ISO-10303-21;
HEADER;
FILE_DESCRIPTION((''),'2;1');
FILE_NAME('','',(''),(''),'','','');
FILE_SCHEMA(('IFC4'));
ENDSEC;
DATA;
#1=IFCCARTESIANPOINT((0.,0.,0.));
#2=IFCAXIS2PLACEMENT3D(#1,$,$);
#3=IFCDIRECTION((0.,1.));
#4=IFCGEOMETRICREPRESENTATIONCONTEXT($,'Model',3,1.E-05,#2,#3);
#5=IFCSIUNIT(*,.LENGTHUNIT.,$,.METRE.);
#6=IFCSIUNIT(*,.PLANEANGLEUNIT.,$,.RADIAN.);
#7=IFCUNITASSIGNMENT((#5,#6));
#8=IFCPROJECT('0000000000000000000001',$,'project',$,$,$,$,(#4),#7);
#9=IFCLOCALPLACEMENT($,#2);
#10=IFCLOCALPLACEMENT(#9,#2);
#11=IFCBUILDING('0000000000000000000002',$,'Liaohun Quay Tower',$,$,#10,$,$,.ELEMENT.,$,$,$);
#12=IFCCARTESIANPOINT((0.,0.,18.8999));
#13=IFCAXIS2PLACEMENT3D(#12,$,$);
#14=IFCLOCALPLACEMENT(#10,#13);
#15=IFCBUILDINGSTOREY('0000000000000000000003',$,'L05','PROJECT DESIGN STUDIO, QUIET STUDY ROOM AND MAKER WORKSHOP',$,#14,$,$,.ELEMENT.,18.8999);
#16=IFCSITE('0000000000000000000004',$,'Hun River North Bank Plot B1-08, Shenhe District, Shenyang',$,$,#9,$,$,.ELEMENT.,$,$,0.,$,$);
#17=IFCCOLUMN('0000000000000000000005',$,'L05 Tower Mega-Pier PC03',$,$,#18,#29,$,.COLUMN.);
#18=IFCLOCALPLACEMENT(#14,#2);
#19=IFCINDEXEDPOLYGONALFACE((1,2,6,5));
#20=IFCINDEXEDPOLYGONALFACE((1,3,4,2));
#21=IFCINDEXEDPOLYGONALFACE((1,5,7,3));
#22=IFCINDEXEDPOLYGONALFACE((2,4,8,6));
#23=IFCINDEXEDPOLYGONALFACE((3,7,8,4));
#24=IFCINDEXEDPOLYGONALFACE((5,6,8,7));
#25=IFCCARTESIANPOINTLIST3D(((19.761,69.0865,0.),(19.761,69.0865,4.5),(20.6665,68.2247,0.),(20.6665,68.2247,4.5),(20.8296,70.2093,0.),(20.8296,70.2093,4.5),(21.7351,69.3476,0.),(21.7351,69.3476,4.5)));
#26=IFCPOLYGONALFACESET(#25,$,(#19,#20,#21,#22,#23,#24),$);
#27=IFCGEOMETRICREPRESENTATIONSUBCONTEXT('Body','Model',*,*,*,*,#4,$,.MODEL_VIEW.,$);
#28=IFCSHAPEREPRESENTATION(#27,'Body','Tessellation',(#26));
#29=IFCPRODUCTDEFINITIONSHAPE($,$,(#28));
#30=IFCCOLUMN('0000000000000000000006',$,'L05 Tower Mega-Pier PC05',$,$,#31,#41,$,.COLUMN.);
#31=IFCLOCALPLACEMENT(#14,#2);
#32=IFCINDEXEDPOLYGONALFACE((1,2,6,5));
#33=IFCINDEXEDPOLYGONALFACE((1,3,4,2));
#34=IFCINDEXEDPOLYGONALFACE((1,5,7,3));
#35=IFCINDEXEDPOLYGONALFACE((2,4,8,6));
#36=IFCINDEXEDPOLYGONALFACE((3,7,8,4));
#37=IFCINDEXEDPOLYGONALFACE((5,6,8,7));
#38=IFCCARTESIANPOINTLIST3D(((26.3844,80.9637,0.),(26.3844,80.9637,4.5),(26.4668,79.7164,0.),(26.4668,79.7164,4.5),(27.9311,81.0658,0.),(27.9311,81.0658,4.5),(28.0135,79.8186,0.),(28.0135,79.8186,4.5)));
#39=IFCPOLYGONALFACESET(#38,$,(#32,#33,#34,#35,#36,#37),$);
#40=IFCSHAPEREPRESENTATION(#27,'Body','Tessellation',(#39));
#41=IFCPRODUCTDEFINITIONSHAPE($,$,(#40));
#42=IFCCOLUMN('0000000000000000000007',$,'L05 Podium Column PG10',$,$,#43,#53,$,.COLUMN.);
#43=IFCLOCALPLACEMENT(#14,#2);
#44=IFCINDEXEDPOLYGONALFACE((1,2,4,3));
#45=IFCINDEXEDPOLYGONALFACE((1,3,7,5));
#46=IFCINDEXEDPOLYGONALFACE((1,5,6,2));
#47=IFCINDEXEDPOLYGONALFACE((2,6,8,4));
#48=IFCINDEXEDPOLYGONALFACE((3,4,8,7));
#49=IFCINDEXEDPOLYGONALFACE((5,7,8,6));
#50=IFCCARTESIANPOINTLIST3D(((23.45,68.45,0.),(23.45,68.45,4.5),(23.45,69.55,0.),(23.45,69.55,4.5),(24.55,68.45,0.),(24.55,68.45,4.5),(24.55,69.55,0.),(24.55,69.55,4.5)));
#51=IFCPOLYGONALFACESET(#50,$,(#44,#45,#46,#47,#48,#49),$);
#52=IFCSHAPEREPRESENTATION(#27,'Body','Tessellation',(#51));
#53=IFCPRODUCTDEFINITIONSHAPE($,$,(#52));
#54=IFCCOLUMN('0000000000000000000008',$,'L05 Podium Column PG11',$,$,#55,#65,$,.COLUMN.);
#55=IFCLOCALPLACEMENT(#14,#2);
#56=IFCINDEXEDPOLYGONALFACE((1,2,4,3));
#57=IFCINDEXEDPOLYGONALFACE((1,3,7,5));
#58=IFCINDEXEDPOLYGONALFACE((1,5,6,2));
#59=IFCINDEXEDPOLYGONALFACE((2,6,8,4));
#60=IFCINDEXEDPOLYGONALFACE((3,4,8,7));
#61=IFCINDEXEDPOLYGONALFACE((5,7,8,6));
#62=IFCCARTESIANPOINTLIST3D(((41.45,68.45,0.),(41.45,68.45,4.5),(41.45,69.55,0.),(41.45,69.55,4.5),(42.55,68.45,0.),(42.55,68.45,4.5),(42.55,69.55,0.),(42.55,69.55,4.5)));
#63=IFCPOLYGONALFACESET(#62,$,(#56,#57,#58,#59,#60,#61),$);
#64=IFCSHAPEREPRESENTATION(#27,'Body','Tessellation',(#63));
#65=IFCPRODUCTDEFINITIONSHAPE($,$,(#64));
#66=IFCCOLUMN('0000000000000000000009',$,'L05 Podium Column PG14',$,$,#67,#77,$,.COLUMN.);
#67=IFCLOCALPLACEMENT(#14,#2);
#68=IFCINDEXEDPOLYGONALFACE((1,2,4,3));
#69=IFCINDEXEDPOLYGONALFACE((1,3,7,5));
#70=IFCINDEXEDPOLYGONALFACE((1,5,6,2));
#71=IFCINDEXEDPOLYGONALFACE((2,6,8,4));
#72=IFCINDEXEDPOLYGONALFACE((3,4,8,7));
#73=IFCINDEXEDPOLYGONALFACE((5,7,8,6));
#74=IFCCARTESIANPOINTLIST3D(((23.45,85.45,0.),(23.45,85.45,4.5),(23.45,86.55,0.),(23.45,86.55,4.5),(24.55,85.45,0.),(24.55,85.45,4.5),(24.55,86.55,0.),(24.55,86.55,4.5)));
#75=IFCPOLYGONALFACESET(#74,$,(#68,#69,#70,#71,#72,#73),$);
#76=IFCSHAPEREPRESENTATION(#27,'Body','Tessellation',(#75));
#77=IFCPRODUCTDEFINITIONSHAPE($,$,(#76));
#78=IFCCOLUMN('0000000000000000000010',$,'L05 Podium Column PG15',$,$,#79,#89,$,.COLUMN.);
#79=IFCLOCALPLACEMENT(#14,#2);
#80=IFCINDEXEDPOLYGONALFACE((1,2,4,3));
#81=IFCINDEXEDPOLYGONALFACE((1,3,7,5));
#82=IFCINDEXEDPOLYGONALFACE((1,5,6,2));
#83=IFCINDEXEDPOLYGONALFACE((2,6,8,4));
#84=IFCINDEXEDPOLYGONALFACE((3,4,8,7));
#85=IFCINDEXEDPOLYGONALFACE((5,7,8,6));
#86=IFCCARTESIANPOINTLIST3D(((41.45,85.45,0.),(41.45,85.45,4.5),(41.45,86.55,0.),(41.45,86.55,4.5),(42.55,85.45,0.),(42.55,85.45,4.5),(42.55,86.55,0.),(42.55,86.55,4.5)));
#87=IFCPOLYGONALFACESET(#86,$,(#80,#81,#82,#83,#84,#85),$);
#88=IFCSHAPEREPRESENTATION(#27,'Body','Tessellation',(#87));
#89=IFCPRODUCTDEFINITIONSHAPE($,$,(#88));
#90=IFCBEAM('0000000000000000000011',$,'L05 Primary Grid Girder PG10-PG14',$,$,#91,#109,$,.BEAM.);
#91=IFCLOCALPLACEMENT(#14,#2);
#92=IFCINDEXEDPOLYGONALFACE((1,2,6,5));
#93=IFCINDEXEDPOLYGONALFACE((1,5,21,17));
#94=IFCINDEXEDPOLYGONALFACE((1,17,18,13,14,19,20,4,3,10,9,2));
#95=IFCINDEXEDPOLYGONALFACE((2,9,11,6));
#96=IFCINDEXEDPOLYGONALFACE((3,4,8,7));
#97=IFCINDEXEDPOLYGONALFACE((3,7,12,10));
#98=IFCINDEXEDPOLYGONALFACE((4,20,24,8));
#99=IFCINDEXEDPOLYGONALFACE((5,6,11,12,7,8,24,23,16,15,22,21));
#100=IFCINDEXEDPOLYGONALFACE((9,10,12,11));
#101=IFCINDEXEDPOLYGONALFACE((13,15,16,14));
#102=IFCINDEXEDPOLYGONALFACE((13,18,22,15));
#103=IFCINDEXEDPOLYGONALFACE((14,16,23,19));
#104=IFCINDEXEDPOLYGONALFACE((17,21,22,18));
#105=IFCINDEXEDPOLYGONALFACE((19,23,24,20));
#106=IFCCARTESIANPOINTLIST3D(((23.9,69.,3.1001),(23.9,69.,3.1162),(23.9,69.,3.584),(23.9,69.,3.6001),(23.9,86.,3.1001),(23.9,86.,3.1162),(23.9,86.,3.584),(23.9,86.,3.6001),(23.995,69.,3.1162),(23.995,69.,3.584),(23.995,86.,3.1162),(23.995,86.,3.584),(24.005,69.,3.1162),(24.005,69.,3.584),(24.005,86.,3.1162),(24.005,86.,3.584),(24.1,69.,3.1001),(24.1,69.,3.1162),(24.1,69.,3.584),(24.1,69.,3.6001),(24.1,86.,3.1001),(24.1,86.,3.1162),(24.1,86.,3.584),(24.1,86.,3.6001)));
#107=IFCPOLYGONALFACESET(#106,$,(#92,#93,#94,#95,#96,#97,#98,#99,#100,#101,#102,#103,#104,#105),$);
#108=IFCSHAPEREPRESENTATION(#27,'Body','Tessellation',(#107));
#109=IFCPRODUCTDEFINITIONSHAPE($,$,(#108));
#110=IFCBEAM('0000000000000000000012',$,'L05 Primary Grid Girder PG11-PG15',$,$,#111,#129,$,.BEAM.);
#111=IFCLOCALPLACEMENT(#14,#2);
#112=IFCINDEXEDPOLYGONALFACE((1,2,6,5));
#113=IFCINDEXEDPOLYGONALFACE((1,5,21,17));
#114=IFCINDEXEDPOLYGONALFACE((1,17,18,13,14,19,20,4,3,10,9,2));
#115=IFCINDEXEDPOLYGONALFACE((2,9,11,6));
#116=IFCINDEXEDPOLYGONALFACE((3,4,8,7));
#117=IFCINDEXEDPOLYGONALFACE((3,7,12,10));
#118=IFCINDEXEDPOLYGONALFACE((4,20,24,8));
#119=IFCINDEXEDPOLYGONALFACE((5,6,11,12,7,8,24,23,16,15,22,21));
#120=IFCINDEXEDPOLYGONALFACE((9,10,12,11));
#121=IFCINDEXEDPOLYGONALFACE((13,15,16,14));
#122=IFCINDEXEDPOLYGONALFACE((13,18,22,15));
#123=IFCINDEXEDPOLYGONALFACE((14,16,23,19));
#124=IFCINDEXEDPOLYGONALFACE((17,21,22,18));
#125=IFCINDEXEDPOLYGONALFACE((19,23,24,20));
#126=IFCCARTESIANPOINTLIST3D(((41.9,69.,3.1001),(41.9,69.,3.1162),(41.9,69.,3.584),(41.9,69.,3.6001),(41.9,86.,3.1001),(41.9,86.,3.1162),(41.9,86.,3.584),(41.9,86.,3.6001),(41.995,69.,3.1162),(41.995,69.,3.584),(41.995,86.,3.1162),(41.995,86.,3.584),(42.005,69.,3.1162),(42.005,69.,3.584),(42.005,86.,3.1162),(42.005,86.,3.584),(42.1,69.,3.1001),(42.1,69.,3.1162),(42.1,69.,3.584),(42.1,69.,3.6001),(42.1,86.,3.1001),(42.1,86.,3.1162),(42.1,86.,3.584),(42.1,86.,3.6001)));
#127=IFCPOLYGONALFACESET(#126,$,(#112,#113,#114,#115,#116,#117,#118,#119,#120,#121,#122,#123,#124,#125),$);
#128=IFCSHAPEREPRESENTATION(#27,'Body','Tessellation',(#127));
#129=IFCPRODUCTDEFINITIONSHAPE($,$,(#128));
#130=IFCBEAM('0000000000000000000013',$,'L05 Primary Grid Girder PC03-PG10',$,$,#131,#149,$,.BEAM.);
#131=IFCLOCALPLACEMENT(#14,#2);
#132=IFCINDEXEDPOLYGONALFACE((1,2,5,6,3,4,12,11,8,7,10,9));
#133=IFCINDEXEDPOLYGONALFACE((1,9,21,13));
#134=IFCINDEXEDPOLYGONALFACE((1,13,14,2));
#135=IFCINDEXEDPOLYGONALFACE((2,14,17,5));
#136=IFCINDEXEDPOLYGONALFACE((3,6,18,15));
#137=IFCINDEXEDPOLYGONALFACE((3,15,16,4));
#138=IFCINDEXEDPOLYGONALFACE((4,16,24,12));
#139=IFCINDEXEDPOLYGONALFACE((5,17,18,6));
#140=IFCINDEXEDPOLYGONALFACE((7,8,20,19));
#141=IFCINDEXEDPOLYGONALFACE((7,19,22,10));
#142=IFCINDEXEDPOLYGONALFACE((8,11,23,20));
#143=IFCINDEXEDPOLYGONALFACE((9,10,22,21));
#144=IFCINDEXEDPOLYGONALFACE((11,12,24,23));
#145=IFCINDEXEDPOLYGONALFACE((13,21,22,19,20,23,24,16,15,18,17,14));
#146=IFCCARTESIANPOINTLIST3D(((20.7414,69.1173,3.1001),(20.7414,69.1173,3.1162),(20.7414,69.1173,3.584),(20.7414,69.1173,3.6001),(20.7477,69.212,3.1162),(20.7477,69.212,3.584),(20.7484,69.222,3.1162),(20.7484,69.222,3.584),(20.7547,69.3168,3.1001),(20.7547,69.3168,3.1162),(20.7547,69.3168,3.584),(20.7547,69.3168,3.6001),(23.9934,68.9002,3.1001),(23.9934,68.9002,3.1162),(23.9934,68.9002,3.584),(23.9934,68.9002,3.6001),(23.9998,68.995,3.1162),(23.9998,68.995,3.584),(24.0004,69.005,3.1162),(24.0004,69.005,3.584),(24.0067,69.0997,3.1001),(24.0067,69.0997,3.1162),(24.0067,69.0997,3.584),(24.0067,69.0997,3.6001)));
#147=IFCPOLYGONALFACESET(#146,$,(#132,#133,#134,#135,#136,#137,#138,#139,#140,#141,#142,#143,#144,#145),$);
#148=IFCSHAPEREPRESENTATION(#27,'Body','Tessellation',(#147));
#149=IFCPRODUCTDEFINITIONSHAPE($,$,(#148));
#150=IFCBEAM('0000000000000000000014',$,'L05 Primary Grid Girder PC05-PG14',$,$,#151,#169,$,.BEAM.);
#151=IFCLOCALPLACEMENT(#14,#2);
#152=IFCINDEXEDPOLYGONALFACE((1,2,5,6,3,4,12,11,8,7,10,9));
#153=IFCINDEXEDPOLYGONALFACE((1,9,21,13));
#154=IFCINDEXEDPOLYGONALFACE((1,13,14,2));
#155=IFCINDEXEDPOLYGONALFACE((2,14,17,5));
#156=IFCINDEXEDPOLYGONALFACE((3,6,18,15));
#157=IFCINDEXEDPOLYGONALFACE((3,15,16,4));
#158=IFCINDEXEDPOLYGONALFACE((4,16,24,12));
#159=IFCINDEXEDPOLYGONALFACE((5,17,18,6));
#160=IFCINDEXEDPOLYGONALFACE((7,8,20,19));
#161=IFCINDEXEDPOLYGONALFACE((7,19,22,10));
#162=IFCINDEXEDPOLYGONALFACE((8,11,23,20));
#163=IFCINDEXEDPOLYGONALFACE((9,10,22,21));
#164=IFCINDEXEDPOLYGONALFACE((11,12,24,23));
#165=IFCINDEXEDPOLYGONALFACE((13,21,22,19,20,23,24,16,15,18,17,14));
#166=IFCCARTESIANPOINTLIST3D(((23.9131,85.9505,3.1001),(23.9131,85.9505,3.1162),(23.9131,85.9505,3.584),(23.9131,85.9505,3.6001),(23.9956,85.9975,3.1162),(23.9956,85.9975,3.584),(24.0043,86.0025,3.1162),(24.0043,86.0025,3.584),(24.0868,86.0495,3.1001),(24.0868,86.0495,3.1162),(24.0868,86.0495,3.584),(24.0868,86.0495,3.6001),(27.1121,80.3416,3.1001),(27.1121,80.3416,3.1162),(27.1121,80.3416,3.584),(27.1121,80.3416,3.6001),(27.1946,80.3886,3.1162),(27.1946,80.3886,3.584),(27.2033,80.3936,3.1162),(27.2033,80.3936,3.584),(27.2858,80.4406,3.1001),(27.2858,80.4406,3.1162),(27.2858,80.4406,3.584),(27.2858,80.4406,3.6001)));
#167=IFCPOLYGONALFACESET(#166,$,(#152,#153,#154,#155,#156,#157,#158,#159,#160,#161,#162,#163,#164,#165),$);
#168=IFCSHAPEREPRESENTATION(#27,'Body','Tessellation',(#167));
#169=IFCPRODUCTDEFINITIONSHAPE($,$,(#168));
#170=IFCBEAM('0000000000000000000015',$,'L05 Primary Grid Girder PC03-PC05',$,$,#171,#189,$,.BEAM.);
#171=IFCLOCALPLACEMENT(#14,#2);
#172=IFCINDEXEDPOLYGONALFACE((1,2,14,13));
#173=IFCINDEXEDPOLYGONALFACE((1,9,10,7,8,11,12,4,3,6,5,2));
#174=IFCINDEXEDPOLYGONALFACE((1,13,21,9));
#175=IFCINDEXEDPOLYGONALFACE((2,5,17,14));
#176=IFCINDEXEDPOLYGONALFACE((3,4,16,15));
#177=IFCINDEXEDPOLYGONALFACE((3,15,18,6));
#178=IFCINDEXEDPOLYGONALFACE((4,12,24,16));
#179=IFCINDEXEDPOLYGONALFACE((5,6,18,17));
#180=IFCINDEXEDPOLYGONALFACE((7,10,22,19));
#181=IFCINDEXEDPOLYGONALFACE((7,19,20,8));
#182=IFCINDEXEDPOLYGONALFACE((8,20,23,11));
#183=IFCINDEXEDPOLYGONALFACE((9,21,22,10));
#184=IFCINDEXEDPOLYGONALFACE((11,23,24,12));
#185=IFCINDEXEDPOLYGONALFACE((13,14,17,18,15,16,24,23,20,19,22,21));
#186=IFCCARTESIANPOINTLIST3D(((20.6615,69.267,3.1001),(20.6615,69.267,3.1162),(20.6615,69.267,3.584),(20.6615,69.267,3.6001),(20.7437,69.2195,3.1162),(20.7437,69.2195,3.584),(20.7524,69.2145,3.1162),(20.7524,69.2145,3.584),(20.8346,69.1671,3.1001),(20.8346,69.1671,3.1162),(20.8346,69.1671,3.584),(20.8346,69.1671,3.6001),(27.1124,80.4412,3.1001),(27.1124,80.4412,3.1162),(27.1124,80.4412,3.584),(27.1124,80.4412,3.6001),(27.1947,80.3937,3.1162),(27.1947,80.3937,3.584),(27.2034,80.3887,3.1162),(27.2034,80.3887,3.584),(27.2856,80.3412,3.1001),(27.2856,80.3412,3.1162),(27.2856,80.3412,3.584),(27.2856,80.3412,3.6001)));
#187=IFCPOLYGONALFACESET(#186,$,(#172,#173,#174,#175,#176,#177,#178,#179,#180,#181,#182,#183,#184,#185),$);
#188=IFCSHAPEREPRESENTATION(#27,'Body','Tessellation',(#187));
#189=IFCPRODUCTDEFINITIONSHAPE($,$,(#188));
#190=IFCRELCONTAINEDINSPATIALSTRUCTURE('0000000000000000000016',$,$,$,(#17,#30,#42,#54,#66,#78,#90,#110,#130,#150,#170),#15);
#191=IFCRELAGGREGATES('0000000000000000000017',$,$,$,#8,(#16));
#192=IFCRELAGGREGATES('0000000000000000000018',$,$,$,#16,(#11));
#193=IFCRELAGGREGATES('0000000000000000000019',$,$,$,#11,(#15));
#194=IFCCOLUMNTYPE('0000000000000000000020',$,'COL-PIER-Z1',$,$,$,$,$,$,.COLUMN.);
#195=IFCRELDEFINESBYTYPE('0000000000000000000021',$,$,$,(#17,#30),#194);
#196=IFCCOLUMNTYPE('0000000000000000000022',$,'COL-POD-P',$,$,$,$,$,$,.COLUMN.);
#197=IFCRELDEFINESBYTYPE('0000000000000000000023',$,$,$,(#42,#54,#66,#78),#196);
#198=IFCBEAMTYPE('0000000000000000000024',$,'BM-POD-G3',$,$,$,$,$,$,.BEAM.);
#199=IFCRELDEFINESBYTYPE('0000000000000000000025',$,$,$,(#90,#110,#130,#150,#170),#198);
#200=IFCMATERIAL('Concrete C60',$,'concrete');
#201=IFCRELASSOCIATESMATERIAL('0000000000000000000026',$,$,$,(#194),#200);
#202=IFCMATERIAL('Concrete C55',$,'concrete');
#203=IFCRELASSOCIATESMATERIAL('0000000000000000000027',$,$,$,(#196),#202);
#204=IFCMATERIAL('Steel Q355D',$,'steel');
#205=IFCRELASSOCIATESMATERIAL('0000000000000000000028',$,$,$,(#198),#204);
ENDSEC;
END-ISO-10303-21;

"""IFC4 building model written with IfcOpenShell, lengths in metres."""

from ifc_helpers import new_model, si_unit, direction, frame, origin, origin_2d, place, context, subcontext, project, spatial, rectangle, i_section, extrude, source, transform, mapped, material, material_profile, profile_set, type_object, element, save


model = new_model("IFC4")

# Units and contexts
model_context = context("Model", 3, precision=1e-05, world=origin(), true_north=direction((0.0, 1.0)))
body_context = subcontext(model_context, "Body", "Model", "MODEL_VIEW")
ifc_project = project(units=[si_unit("LENGTHUNIT", "METRE"), si_unit("PLANEANGLEUNIT", "RADIAN")], contexts=[model_context])

# Site, building, storey
site_placement = place(None, origin())
site = spatial("IfcSite", under=ifc_project, at=site_placement, Name="Hun River North Bank Plot B1-08, Shenhe District, Shenyang", CompositionType="ELEMENT", RefElevation=0.0)
building_placement = place(site_placement, origin())
building = spatial("IfcBuilding", under=site, at=building_placement, Name="Liaohun Quay Tower", CompositionType="ELEMENT")
storey_placement = place(building_placement, frame((0.0, 0.0, 18.8999)))
storey = spatial("IfcBuildingStorey", under=building, at=storey_placement, Name="L05", Description="PROJECT DESIGN STUDIO, QUIET STUDY ROOM AND MAKER WORKSHOP", CompositionType="ELEMENT", Elevation=18.8999)

# Columns
ifc_material_1 = material(Name="Concrete C60", Category="concrete")
ifc_material_profile_1 = material_profile(ifc_material_1, rectangle(XDim=1.55, YDim=1.25, at=origin_2d()), Name="RC1550x1250")
ifc_profile_set_1 = profile_set([ifc_material_profile_1], Name="Concrete C60")
column_type_1 = type_object("IfcColumnType", Name="COL-PIER-Z1", PredefinedType="COLUMN", material=ifc_profile_set_1)
shared_shape_1 = source(origin(), body_context, "Body", "SweptSolid", [
    extrude(rectangle(XDim=1.55, YDim=1.25, at=origin_2d()), origin(), (0.0, 0.0, 1.0), 4.5),
])
for number, where, z_axis, x_axis, name in (
    (1, (20.748, 69.217, 0.0), (0.0, 0.0, 1.0), (0.689367, 0.724413, 0.0), "L05 Tower Mega-Pier PC03"),
    (2, (27.199, 80.3911, 0.0), (0.0, 0.0, 1.0), (0.997825, 0.065926, 0.0), "L05 Tower Mega-Pier PC05"),
):
    element("IfcColumn", number, at=place(storey_placement, frame(where, z_axis=z_axis, x_axis=x_axis)), inside=storey, type_object=column_type_1, Name=name, PredefinedType="COLUMN", context=body_context, shape_type="MappedRepresentation", body=[
        mapped(shared_shape_1, transform((0.0, 0.0, 0.0), x_axis=(1.0, 0.0, 0.0), y_axis=(0.0, 1.0, 0.0), z_axis=(0.0, 0.0, 1.0), scale=1.0)),
    ])
ifc_material_2 = material(Name="Concrete C55", Category="concrete")
ifc_material_profile_2 = material_profile(ifc_material_2, rectangle(XDim=1.1001, YDim=1.1001, at=origin_2d()), Name="RC1100x1100")
ifc_profile_set_2 = profile_set([ifc_material_profile_2], Name="Concrete C55")
column_type_2 = type_object("IfcColumnType", Name="COL-POD-P", PredefinedType="COLUMN", material=ifc_profile_set_2)
shared_shape_2 = source(origin(), body_context, "Body", "SweptSolid", [
    extrude(rectangle(XDim=1.1001, YDim=1.1001, at=origin_2d()), origin(), (0.0, 0.0, 1.0), 4.5),
])
for number, where, z_axis, x_axis, name in (
    (3, (24.0, 69.0, 0.0), (0.0, 0.0, 1.0), (1.0, 0.0, 0.0), "L05 Podium Column PG10"),
    (4, (42.0, 69.0, 0.0), (0.0, 0.0, 1.0), (1.0, 0.0, 0.0), "L05 Podium Column PG11"),
    (5, (24.0, 86.0, 0.0), (0.0, 0.0, 1.0), (1.0, 0.0, 0.0), "L05 Podium Column PG14"),
    (6, (42.0, 86.0, 0.0), (0.0, 0.0, 1.0), (1.0, 0.0, 0.0), "L05 Podium Column PG15"),
):
    element("IfcColumn", number, at=place(storey_placement, frame(where, z_axis=z_axis, x_axis=x_axis)), inside=storey, type_object=column_type_2, Name=name, PredefinedType="COLUMN", context=body_context, shape_type="MappedRepresentation", body=[
        mapped(shared_shape_2, transform((0.0, 0.0, 0.0), x_axis=(1.0, 0.0, 0.0), y_axis=(0.0, 1.0, 0.0), z_axis=(0.0, 0.0, 1.0), scale=1.0)),
    ])

# Beams
ifc_material_3 = material(Name="Steel Q355D", Category="steel")
ifc_material_profile_3 = material_profile(ifc_material_3, i_section(OverallWidth=0.2, OverallDepth=0.5, WebThickness=0.01, FlangeThickness=0.0161, at=origin_2d()), Name="HN500x200x10x16")
ifc_profile_set_3 = profile_set([ifc_material_profile_3], Name="Steel Q355D")
beam_type_1 = type_object("IfcBeamType", Name="BM-POD-G3", PredefinedType="BEAM", material=ifc_profile_set_3)
shared_shape_3 = source(origin(), body_context, "Body", "SweptSolid", [
    extrude(i_section(OverallWidth=0.2, OverallDepth=0.5, WebThickness=0.01, FlangeThickness=0.0161, at=origin_2d()), origin(), (0.0, 0.0, 1.0), 17.0),
])
for number, where, z_axis, x_axis, name in (
    (7, (24.0, 69.0, 3.3501), (0.0, 1.0, 0.0), (-1.0, 0.0, 0.0), "L05 Primary Grid Girder PG10-PG14"),
    (8, (42.0, 69.0, 3.3501), (0.0, 1.0, 0.0), (-1.0, 0.0, 0.0), "L05 Primary Grid Girder PG11-PG15"),
):
    element("IfcBeam", number, at=place(storey_placement, frame(where, z_axis=z_axis, x_axis=x_axis)), inside=storey, type_object=beam_type_1, Name=name, PredefinedType="BEAM", context=body_context, shape_type="MappedRepresentation", body=[
        mapped(shared_shape_3, transform((0.0, 0.0, 0.0), x_axis=(1.0, 0.0, 0.0), y_axis=(0.0, 1.0, 0.0), z_axis=(0.0, 0.0, 1.0), scale=1.0)),
    ])
shared_shape_4 = source(origin(), body_context, "Body", "SweptSolid", [
    extrude(i_section(OverallWidth=0.2, OverallDepth=0.5, WebThickness=0.01, FlangeThickness=0.0161, at=origin_2d()), origin(), (0.0, 0.0, 1.0), 3.2593),
])
beam_1_placement = place(storey_placement, frame((20.748, 69.217, 3.3501), z_axis=(0.99778, -0.066594, 0.0), x_axis=(0.066594, 0.99778, 0.0)))
element("IfcBeam", 9, at=beam_1_placement, inside=storey, type_object=beam_type_1, Name="L05 Primary Grid Girder PC03-PG10", PredefinedType="BEAM", context=body_context, shape_type="MappedRepresentation", body=[
    mapped(shared_shape_4, transform((0.0, 0.0, 0.0), x_axis=(1.0, 0.0, 0.0), y_axis=(0.0, 1.0, 0.0), z_axis=(0.0, 0.0, 1.0), scale=1.0)),
])
shared_shape_5 = source(origin(), body_context, "Body", "SweptSolid", [
    extrude(i_section(OverallWidth=0.2, OverallDepth=0.5, WebThickness=0.01, FlangeThickness=0.0161, at=origin_2d()), origin(), (0.0, 0.0, 1.0), 6.457),
])
beam_2_placement = place(storey_placement, frame((27.199, 80.3911, 3.3501), z_axis=(-0.495426, 0.86865, 0.0), x_axis=(-0.86865, -0.495426, 0.0)))
element("IfcBeam", 10, at=beam_2_placement, inside=storey, type_object=beam_type_1, Name="L05 Primary Grid Girder PC05-PG14", PredefinedType="BEAM", context=body_context, shape_type="MappedRepresentation", body=[
    mapped(shared_shape_5, transform((0.0, 0.0, 0.0), x_axis=(1.0, 0.0, 0.0), y_axis=(0.0, 1.0, 0.0), z_axis=(0.0, 0.0, 1.0), scale=1.0)),
])
shared_shape_6 = source(origin(), body_context, "Body", "SweptSolid", [
    extrude(i_section(OverallWidth=0.2, OverallDepth=0.5, WebThickness=0.01, FlangeThickness=0.0161, at=origin_2d()), origin(), (0.0, 0.0, 1.0), 12.9026),
])
beam_3_placement = place(storey_placement, frame((20.748, 69.217, 3.3501), z_axis=(0.499975, 0.86604, 0.0), x_axis=(-0.86604, 0.499975, 0.0)))
element("IfcBeam", 11, at=beam_3_placement, inside=storey, type_object=beam_type_1, Name="L05 Primary Grid Girder PC03-PC05", PredefinedType="BEAM", context=body_context, shape_type="MappedRepresentation", body=[
    mapped(shared_shape_6, transform((0.0, 0.0, 0.0), x_axis=(1.0, 0.0, 0.0), y_axis=(0.0, 1.0, 0.0), z_axis=(0.0, 0.0, 1.0), scale=1.0)),
])

save(model, "model.ifc")
